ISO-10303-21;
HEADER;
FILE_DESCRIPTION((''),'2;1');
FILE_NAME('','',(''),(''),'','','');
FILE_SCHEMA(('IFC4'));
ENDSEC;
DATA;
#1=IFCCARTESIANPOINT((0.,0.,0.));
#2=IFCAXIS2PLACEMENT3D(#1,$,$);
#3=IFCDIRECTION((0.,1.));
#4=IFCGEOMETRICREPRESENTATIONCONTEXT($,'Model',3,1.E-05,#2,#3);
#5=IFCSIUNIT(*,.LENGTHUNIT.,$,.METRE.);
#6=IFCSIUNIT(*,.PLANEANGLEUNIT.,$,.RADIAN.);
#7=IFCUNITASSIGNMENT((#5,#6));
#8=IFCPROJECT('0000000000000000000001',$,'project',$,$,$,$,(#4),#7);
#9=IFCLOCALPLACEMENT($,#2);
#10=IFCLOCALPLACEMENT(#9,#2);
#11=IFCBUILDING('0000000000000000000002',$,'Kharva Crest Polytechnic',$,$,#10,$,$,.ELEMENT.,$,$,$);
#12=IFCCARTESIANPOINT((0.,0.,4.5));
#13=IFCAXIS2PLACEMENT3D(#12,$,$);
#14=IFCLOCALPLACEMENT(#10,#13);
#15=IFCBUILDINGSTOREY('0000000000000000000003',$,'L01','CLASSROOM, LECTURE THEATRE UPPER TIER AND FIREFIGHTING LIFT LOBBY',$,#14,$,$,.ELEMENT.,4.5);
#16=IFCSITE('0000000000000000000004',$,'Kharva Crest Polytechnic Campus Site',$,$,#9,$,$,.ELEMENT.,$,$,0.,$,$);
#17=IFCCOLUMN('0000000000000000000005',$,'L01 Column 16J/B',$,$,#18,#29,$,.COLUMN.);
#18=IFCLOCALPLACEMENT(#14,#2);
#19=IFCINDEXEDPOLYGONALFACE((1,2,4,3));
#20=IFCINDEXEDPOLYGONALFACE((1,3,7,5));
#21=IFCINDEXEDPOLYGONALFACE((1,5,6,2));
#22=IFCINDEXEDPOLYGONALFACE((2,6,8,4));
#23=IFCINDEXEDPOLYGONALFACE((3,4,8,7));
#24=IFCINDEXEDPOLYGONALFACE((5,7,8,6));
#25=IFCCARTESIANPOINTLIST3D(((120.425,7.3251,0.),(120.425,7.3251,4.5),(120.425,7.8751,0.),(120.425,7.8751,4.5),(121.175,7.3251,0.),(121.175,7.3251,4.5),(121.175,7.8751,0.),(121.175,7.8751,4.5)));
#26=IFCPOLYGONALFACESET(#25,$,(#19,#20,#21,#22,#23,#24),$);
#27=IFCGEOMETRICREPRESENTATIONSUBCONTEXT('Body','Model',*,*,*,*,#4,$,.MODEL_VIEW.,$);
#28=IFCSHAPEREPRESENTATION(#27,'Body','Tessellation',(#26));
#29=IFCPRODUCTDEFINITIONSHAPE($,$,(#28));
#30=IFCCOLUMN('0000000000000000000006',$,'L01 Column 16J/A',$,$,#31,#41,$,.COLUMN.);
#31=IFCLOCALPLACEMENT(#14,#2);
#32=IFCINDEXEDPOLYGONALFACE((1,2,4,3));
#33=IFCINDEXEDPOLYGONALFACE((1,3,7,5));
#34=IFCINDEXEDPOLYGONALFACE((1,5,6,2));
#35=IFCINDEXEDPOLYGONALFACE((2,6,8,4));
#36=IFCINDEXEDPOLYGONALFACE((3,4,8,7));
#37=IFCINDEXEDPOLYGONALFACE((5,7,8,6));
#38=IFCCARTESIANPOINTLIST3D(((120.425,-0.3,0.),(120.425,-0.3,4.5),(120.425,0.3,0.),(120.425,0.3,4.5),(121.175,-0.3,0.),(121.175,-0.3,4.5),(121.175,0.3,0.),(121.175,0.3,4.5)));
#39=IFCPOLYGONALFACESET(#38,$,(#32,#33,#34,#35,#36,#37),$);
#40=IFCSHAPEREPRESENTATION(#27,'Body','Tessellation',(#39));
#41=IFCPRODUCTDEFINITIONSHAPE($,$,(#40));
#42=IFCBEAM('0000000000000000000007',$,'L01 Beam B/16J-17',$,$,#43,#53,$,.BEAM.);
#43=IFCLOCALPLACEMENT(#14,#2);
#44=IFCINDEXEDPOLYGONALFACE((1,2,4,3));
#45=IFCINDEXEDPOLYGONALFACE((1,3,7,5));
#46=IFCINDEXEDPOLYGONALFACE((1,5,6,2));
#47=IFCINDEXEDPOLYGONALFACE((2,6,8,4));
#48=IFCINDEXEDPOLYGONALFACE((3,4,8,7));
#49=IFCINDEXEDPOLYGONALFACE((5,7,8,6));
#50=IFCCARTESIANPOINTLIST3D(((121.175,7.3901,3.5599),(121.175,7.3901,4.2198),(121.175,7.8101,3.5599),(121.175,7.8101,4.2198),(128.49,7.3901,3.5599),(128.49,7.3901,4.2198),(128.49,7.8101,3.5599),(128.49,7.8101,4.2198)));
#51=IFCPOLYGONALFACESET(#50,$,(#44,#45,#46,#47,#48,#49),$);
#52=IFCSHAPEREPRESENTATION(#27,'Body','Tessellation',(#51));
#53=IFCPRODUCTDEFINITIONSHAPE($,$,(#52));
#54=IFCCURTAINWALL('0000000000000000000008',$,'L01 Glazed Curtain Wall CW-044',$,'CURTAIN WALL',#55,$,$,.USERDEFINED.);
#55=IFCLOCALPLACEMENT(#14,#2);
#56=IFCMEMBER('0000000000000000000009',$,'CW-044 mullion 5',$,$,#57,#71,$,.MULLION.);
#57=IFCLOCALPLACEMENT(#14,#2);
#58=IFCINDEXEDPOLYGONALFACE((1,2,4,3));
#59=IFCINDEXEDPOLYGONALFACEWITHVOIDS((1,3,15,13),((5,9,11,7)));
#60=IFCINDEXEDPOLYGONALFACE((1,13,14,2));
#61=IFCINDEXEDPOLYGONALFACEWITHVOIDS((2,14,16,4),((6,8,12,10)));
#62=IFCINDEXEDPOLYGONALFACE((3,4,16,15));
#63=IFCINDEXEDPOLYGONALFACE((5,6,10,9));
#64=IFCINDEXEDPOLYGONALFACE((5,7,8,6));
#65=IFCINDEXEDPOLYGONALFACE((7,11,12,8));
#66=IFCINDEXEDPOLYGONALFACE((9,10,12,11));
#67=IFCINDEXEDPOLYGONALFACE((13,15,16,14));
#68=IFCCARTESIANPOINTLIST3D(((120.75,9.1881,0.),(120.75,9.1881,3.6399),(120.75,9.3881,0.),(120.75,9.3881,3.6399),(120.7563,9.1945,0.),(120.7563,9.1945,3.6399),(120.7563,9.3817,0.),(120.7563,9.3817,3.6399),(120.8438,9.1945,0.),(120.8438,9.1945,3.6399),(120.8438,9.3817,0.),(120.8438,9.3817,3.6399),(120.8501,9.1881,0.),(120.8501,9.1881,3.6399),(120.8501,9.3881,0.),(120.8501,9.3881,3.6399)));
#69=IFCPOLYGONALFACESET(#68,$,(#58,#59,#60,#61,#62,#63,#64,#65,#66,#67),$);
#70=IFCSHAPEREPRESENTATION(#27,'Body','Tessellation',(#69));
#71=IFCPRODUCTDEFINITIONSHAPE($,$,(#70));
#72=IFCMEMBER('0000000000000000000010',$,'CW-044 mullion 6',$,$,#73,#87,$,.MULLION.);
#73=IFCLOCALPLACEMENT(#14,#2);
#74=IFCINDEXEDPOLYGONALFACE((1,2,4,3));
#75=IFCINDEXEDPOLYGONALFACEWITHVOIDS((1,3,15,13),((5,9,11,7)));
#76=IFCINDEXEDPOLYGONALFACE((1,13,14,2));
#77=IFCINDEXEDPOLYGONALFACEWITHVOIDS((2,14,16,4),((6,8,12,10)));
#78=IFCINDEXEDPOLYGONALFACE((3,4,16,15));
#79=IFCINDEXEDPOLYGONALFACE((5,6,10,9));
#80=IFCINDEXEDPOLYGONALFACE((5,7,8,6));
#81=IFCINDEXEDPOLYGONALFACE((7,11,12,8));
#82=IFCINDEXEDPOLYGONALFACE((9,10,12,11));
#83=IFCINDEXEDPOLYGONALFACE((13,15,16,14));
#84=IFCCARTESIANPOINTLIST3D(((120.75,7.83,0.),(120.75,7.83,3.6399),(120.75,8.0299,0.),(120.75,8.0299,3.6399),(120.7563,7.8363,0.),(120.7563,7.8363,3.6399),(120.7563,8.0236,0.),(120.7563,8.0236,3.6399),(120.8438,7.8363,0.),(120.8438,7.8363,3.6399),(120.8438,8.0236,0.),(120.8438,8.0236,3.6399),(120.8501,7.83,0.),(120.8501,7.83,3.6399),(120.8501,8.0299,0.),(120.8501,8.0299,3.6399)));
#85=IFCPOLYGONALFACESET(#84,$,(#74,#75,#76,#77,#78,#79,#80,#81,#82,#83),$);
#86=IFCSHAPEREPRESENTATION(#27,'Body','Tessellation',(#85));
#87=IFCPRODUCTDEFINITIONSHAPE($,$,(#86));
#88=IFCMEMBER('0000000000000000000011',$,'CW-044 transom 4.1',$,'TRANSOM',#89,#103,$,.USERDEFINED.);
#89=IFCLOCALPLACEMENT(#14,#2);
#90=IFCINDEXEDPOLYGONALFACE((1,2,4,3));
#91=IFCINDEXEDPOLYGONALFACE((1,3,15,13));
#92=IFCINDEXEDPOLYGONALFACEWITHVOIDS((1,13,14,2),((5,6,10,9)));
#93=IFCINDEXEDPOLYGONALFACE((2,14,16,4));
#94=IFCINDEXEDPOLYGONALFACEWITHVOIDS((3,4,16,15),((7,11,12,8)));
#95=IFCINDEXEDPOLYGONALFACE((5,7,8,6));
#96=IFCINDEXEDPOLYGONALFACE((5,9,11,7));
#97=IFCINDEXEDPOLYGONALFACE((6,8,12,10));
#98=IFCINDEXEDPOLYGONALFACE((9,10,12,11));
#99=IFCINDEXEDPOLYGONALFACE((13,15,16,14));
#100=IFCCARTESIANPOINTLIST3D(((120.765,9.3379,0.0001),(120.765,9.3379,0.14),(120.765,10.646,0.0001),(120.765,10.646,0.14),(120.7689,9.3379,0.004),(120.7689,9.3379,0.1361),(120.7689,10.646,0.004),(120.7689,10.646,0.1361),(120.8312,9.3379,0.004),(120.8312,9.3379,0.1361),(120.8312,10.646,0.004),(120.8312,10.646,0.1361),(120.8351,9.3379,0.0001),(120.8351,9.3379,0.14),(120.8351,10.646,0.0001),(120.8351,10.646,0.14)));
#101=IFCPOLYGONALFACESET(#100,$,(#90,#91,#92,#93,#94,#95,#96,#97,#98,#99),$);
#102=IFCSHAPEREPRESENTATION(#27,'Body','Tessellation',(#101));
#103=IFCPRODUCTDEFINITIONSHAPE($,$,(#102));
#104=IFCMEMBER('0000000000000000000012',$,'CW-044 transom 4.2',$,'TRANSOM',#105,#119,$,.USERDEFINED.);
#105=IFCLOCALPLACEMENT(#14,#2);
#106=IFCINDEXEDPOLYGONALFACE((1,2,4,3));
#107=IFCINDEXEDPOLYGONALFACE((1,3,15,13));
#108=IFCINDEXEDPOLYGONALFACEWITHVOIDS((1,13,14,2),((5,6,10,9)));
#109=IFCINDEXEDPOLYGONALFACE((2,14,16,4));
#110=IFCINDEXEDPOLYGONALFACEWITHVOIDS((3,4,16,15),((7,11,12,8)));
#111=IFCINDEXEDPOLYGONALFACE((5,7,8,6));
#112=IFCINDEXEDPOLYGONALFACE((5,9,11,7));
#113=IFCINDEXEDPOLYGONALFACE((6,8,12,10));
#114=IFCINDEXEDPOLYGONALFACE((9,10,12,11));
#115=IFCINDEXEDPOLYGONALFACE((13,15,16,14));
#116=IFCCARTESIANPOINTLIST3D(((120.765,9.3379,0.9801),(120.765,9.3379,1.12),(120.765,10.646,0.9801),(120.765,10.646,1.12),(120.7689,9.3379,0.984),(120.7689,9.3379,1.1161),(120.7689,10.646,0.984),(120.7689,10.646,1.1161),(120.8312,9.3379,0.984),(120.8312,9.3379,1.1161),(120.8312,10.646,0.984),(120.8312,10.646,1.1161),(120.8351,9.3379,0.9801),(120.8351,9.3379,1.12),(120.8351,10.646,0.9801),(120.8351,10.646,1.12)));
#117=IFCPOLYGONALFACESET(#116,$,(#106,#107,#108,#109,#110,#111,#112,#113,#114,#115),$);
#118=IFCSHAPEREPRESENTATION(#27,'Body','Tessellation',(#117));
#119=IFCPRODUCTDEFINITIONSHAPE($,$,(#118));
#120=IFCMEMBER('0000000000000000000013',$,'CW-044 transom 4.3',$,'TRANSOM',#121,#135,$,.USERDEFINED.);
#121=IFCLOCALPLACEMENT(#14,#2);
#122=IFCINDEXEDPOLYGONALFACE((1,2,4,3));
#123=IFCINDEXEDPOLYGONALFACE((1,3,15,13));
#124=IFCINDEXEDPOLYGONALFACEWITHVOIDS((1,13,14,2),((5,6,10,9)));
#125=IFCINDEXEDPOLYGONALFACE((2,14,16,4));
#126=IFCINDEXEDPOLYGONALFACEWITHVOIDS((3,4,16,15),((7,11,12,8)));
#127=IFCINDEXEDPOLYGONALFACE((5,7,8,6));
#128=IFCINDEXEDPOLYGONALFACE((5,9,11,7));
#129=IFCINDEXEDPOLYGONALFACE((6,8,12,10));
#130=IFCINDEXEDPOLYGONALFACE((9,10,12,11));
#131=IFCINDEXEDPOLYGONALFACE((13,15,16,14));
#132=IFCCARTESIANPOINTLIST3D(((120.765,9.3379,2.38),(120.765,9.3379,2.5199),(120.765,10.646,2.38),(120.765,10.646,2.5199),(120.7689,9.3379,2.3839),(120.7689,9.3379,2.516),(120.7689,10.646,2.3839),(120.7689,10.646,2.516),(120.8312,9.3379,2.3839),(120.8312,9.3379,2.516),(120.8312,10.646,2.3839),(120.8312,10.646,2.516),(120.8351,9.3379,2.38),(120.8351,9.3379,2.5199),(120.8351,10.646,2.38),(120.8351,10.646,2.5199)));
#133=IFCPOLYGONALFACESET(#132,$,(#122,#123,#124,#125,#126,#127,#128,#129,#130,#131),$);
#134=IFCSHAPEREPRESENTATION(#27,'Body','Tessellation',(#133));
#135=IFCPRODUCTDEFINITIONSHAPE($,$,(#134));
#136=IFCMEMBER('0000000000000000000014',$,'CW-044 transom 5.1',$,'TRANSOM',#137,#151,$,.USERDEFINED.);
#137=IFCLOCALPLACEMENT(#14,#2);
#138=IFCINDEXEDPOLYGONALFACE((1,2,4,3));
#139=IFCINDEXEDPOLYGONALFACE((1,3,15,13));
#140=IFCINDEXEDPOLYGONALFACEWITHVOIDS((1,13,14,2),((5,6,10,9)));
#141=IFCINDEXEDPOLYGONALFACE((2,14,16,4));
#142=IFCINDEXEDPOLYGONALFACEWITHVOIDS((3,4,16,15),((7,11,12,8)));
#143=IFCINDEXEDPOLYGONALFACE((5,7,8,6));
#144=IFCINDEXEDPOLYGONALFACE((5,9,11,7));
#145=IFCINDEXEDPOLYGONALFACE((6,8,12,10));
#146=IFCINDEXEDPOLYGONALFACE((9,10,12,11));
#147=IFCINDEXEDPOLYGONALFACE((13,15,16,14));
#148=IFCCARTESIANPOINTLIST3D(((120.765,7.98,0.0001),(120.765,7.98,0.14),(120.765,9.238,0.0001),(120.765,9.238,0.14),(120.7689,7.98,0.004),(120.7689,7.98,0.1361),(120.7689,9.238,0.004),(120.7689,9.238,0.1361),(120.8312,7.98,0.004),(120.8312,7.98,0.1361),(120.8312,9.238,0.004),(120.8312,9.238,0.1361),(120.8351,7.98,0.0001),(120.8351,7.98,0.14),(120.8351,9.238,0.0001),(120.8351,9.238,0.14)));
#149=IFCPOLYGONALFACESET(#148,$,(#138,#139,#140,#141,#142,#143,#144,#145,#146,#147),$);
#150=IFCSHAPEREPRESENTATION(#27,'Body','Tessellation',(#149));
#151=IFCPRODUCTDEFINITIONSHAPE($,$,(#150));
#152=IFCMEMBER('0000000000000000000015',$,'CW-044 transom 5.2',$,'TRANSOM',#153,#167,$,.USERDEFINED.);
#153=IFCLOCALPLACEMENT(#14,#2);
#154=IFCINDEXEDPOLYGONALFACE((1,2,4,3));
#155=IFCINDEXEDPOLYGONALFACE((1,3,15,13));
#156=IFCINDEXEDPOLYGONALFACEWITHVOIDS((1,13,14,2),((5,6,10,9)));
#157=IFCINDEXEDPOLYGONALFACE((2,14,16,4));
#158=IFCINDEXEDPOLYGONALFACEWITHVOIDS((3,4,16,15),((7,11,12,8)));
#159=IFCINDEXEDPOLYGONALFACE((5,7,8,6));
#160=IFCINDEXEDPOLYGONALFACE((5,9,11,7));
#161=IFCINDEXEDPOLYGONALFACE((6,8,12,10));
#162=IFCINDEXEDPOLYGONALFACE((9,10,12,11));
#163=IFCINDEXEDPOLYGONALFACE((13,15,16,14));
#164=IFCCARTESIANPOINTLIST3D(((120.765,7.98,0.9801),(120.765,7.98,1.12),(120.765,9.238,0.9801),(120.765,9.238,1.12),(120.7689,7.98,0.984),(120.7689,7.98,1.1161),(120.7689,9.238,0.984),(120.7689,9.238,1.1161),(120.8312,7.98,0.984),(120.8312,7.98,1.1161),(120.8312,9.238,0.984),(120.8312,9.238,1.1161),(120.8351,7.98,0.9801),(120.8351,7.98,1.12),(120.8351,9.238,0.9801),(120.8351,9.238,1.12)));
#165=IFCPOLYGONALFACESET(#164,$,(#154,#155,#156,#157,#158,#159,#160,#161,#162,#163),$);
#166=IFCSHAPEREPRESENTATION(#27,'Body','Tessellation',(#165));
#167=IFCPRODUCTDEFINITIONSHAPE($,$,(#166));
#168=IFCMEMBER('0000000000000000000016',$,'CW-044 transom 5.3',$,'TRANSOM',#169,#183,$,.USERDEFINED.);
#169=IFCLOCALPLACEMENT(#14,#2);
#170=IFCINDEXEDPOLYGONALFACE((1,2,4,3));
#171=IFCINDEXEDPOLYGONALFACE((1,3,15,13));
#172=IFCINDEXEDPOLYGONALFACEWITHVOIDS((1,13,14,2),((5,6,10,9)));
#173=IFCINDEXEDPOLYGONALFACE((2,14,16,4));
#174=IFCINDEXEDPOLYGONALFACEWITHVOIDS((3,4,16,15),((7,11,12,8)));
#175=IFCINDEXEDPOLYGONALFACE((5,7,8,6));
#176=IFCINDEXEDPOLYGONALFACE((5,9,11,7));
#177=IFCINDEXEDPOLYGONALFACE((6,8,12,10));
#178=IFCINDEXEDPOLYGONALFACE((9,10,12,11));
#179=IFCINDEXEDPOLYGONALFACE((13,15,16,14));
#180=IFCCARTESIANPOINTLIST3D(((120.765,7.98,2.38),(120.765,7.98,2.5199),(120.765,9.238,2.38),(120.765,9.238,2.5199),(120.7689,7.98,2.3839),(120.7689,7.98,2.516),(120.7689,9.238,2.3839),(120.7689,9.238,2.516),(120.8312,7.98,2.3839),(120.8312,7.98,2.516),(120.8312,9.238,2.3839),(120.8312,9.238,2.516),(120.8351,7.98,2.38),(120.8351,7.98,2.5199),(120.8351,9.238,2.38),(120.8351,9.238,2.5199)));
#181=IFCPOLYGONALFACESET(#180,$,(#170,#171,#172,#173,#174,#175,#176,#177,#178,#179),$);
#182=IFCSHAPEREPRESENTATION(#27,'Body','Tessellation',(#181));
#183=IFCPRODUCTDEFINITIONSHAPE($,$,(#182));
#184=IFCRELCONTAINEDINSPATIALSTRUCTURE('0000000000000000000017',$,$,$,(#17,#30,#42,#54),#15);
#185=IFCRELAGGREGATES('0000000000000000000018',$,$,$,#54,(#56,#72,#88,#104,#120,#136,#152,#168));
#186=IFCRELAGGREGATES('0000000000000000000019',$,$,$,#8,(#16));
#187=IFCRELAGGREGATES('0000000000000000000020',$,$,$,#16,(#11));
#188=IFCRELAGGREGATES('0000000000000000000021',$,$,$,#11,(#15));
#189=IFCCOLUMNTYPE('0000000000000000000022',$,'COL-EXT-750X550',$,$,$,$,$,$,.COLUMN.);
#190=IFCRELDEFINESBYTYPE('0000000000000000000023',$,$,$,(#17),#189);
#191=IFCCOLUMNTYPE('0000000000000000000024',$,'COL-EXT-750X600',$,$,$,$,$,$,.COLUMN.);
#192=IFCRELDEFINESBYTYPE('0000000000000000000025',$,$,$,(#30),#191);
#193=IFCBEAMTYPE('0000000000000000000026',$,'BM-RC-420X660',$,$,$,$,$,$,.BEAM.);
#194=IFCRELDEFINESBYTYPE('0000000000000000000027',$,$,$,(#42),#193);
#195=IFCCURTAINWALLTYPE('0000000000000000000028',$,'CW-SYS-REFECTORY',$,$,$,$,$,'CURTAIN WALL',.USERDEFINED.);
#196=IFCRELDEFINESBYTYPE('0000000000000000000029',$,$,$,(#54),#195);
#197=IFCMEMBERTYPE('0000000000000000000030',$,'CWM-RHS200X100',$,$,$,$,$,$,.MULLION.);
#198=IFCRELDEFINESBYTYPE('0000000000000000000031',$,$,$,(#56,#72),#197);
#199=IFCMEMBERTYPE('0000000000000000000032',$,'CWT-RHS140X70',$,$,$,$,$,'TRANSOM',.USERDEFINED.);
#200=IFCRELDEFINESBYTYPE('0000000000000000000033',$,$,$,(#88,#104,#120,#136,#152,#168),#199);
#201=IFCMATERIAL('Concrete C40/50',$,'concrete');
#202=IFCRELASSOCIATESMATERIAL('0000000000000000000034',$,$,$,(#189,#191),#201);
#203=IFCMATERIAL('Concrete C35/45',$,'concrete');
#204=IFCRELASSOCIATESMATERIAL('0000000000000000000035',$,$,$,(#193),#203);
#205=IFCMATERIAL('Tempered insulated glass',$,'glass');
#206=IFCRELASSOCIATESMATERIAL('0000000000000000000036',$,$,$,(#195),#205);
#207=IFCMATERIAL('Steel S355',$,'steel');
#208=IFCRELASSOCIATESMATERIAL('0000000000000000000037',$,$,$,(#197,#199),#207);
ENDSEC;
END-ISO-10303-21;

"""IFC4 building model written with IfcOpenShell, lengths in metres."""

from ifc_helpers import new_model, si_unit, direction, frame, origin, origin_2d, place, context, subcontext, project, spatial, rectangle, hollow_rectangle, extrude, material, material_profile, profile_set, type_object, element, aggregate, save


model = new_model("IFC4")

# Units and contexts
model_context = context("Model", 3, precision=1e-05, world=origin(), true_north=direction((0.0, 1.0)))
body_context = subcontext(model_context, "Body", "Model", "MODEL_VIEW")
ifc_project = project(units=[si_unit("LENGTHUNIT", "METRE"), si_unit("PLANEANGLEUNIT", "RADIAN")], contexts=[model_context])

# Site, building, storey
site_placement = place(None, origin())
site = spatial("IfcSite", under=ifc_project, at=site_placement, Name="Kharva Crest Polytechnic Campus Site", CompositionType="ELEMENT", RefElevation=0.0)
building_placement = place(site_placement, origin())
building = spatial("IfcBuilding", under=site, at=building_placement, Name="Kharva Crest Polytechnic", CompositionType="ELEMENT")
storey_placement = place(building_placement, frame((0.0, 0.0, 4.5)))
storey = spatial("IfcBuildingStorey", under=building, at=storey_placement, Name="L01", Description="CLASSROOM, LECTURE THEATRE UPPER TIER AND FIREFIGHTING LIFT LOBBY", CompositionType="ELEMENT", Elevation=4.5)

# Columns
ifc_material_1 = material(Name="Concrete C40/50", Category="concrete")
ifc_material_profile_1 = material_profile(ifc_material_1, rectangle(XDim=0.75, YDim=0.55, at=origin_2d()), Name="RECT 750 X 550")
ifc_profile_set_1 = profile_set([ifc_material_profile_1], Name="Concrete C40/50")
column_type_1 = type_object("IfcColumnType", Name="COL-EXT-750X550", PredefinedType="COLUMN", material=ifc_profile_set_1)
column_1_placement = place(storey_placement, frame((120.8, 7.6001, 0.0), z_axis=(0.0, 0.0, 1.0), x_axis=(1.0, 0.0, 0.0)))
element("IfcColumn", 1, at=column_1_placement, inside=storey, type_object=column_type_1, Name="L01 Column 16J/B", PredefinedType="COLUMN", context=body_context, shape_type="SweptSolid", body=[
    extrude(rectangle(XDim=0.75, YDim=0.55, at=origin_2d()), origin(), (0.0, 0.0, 1.0), 4.5),
])
ifc_material_profile_2 = material_profile(ifc_material_1, rectangle(XDim=0.75, YDim=0.6001, at=origin_2d()), Name="RECT 750 X 600")
ifc_profile_set_2 = profile_set([ifc_material_profile_2], Name="Concrete C40/50")
column_type_2 = type_object("IfcColumnType", Name="COL-EXT-750X600", PredefinedType="COLUMN", material=ifc_profile_set_2)
column_2_placement = place(storey_placement, frame((120.8, 0.0, 0.0), z_axis=(0.0, 0.0, 1.0), x_axis=(1.0, 0.0, 0.0)))
element("IfcColumn", 2, at=column_2_placement, inside=storey, type_object=column_type_2, Name="L01 Column 16J/A", PredefinedType="COLUMN", context=body_context, shape_type="SweptSolid", body=[
    extrude(rectangle(XDim=0.75, YDim=0.6001, at=origin_2d()), origin(), (0.0, 0.0, 1.0), 4.5),
])

# Beam
ifc_material_2 = material(Name="Concrete C35/45", Category="concrete")
ifc_material_profile_3 = material_profile(ifc_material_2, rectangle(XDim=0.4199, YDim=0.6599, at=origin_2d()), Name="RECT 420 X 660")
ifc_profile_set_3 = profile_set([ifc_material_profile_3], Name="Concrete C35/45")
beam_type_1 = type_object("IfcBeamType", Name="BM-RC-420X660", PredefinedType="BEAM", material=ifc_profile_set_3)
beam_1_placement = place(storey_placement, frame((121.175, 7.6001, 3.8899), z_axis=(1.0, 0.0, 0.0), x_axis=(0.0, 1.0, 0.0)))
element("IfcBeam", 3, at=beam_1_placement, inside=storey, type_object=beam_type_1, Name="L01 Beam B/16J-17", PredefinedType="BEAM", context=body_context, shape_type="SweptSolid", body=[
    extrude(rectangle(XDim=0.4199, YDim=0.6599, at=origin_2d()), origin(), (0.0, 0.0, 1.0), 7.3149),
])

# Curtain wall, members
ifc_material_3 = material(Name="Tempered insulated glass", Category="glass")
curtain_wall_type = type_object("IfcCurtainWallType", Name="CW-SYS-REFECTORY", ElementType="CURTAIN WALL", PredefinedType="USERDEFINED", material=ifc_material_3)
curtain_wall_placement = place(storey_placement, origin())
curtain_wall = element("IfcCurtainWall", 4, at=curtain_wall_placement, inside=storey, type_object=curtain_wall_type, Name="L01 Glazed Curtain Wall CW-044", ObjectType="CURTAIN WALL", PredefinedType="USERDEFINED")
ifc_material_4 = material(Name="Steel S355", Category="steel")
ifc_material_profile_4 = material_profile(ifc_material_4, hollow_rectangle(XDim=0.1001, YDim=0.2, WallThickness=0.0063, at=origin_2d()), Name="RHS 200X100X6.3")
ifc_profile_set_4 = profile_set([ifc_material_profile_4], Name="Steel S355")
member_type_1 = type_object("IfcMemberType", Name="CWM-RHS200X100", PredefinedType="MULLION", material=ifc_profile_set_4)
member_1_placement = place(storey_placement, frame((120.8, 9.2881, 0.0), z_axis=(0.0, 0.0, 1.0), x_axis=(1.0, 0.0, 0.0)))
member_1 = element("IfcMember", 5, at=member_1_placement, type_object=member_type_1, Name="CW-044 mullion 5", PredefinedType="MULLION", context=body_context, shape_type="SweptSolid", body=[
    extrude(hollow_rectangle(XDim=0.1001, YDim=0.2, WallThickness=0.0063, at=origin_2d()), origin(), (0.0, 0.0, 1.0), 3.6399),
])
member_2_placement = place(storey_placement, frame((120.8, 7.9299, 0.0), z_axis=(0.0, 0.0, 1.0), x_axis=(1.0, 0.0, 0.0)))
member_2 = element("IfcMember", 6, at=member_2_placement, type_object=member_type_1, Name="CW-044 mullion 6", PredefinedType="MULLION", context=body_context, shape_type="SweptSolid", body=[
    extrude(hollow_rectangle(XDim=0.1001, YDim=0.2, WallThickness=0.0063, at=origin_2d()), origin(), (0.0, 0.0, 1.0), 3.6399),
])
ifc_material_profile_5 = material_profile(ifc_material_4, hollow_rectangle(XDim=0.0701, YDim=0.1399, WallThickness=0.0039, at=origin_2d()), Name="RHS 140X70X4.0")
ifc_profile_set_5 = profile_set([ifc_material_profile_5], Name="Steel S355")
member_type_2 = type_object("IfcMemberType", Name="CWT-RHS140X70", ElementType="TRANSOM", PredefinedType="USERDEFINED", material=ifc_profile_set_5)
member_3_placement = place(storey_placement, frame((120.8, 10.646, 0.0701), z_axis=(0.0, -1.0, 0.0), x_axis=(1.0, 0.0, 0.0)))
member_3 = element("IfcMember", 7, at=member_3_placement, type_object=member_type_2, Name="CW-044 transom 4.1", ObjectType="TRANSOM", PredefinedType="USERDEFINED", context=body_context, shape_type="SweptSolid", body=[
    extrude(hollow_rectangle(XDim=0.0701, YDim=0.1399, WallThickness=0.0039, at=origin_2d()), origin(), (0.0, 0.0, 1.0), 1.3081),
])
member_4_placement = place(storey_placement, frame((120.8, 10.646, 1.05), z_axis=(0.0, -1.0, 0.0), x_axis=(1.0, 0.0, 0.0)))
member_4 = element("IfcMember", 8, at=member_4_placement, type_object=member_type_2, Name="CW-044 transom 4.2", ObjectType="TRANSOM", PredefinedType="USERDEFINED", context=body_context, shape_type="SweptSolid", body=[
    extrude(hollow_rectangle(XDim=0.0701, YDim=0.1399, WallThickness=0.0039, at=origin_2d()), origin(), (0.0, 0.0, 1.0), 1.3081),
])
member_5_placement = place(storey_placement, frame((120.8, 10.646, 2.45), z_axis=(0.0, -1.0, 0.0), x_axis=(1.0, 0.0, 0.0)))
member_5 = element("IfcMember", 9, at=member_5_placement, type_object=member_type_2, Name="CW-044 transom 4.3", ObjectType="TRANSOM", PredefinedType="USERDEFINED", context=body_context, shape_type="SweptSolid", body=[
    extrude(hollow_rectangle(XDim=0.0701, YDim=0.1399, WallThickness=0.0039, at=origin_2d()), origin(), (0.0, 0.0, 1.0), 1.3081),
])
member_6_placement = place(storey_placement, frame((120.8, 9.238, 0.0701), z_axis=(0.0, -1.0, 0.0), x_axis=(1.0, 0.0, 0.0)))
member_6 = element("IfcMember", 10, at=member_6_placement, type_object=member_type_2, Name="CW-044 transom 5.1", ObjectType="TRANSOM", PredefinedType="USERDEFINED", context=body_context, shape_type="SweptSolid", body=[
    extrude(hollow_rectangle(XDim=0.0701, YDim=0.1399, WallThickness=0.0039, at=origin_2d()), origin(), (0.0, 0.0, 1.0), 1.2581),
])
member_7_placement = place(storey_placement, frame((120.8, 9.238, 1.05), z_axis=(0.0, -1.0, 0.0), x_axis=(1.0, 0.0, 0.0)))
member_7 = element("IfcMember", 11, at=member_7_placement, type_object=member_type_2, Name="CW-044 transom 5.2", ObjectType="TRANSOM", PredefinedType="USERDEFINED", context=body_context, shape_type="SweptSolid", body=[
    extrude(hollow_rectangle(XDim=0.0701, YDim=0.1399, WallThickness=0.0039, at=origin_2d()), origin(), (0.0, 0.0, 1.0), 1.2581),
])
member_8_placement = place(storey_placement, frame((120.8, 9.238, 2.45), z_axis=(0.0, -1.0, 0.0), x_axis=(1.0, 0.0, 0.0)))
member_8 = element("IfcMember", 12, at=member_8_placement, type_object=member_type_2, Name="CW-044 transom 5.3", ObjectType="TRANSOM", PredefinedType="USERDEFINED", context=body_context, shape_type="SweptSolid", body=[
    extrude(hollow_rectangle(XDim=0.0701, YDim=0.1399, WallThickness=0.0039, at=origin_2d()), origin(), (0.0, 0.0, 1.0), 1.2581),
])

aggregate(curtain_wall, [member_1, member_2, member_3, member_4, member_5, member_6, member_7, member_8])

save(model, "model.ifc")
